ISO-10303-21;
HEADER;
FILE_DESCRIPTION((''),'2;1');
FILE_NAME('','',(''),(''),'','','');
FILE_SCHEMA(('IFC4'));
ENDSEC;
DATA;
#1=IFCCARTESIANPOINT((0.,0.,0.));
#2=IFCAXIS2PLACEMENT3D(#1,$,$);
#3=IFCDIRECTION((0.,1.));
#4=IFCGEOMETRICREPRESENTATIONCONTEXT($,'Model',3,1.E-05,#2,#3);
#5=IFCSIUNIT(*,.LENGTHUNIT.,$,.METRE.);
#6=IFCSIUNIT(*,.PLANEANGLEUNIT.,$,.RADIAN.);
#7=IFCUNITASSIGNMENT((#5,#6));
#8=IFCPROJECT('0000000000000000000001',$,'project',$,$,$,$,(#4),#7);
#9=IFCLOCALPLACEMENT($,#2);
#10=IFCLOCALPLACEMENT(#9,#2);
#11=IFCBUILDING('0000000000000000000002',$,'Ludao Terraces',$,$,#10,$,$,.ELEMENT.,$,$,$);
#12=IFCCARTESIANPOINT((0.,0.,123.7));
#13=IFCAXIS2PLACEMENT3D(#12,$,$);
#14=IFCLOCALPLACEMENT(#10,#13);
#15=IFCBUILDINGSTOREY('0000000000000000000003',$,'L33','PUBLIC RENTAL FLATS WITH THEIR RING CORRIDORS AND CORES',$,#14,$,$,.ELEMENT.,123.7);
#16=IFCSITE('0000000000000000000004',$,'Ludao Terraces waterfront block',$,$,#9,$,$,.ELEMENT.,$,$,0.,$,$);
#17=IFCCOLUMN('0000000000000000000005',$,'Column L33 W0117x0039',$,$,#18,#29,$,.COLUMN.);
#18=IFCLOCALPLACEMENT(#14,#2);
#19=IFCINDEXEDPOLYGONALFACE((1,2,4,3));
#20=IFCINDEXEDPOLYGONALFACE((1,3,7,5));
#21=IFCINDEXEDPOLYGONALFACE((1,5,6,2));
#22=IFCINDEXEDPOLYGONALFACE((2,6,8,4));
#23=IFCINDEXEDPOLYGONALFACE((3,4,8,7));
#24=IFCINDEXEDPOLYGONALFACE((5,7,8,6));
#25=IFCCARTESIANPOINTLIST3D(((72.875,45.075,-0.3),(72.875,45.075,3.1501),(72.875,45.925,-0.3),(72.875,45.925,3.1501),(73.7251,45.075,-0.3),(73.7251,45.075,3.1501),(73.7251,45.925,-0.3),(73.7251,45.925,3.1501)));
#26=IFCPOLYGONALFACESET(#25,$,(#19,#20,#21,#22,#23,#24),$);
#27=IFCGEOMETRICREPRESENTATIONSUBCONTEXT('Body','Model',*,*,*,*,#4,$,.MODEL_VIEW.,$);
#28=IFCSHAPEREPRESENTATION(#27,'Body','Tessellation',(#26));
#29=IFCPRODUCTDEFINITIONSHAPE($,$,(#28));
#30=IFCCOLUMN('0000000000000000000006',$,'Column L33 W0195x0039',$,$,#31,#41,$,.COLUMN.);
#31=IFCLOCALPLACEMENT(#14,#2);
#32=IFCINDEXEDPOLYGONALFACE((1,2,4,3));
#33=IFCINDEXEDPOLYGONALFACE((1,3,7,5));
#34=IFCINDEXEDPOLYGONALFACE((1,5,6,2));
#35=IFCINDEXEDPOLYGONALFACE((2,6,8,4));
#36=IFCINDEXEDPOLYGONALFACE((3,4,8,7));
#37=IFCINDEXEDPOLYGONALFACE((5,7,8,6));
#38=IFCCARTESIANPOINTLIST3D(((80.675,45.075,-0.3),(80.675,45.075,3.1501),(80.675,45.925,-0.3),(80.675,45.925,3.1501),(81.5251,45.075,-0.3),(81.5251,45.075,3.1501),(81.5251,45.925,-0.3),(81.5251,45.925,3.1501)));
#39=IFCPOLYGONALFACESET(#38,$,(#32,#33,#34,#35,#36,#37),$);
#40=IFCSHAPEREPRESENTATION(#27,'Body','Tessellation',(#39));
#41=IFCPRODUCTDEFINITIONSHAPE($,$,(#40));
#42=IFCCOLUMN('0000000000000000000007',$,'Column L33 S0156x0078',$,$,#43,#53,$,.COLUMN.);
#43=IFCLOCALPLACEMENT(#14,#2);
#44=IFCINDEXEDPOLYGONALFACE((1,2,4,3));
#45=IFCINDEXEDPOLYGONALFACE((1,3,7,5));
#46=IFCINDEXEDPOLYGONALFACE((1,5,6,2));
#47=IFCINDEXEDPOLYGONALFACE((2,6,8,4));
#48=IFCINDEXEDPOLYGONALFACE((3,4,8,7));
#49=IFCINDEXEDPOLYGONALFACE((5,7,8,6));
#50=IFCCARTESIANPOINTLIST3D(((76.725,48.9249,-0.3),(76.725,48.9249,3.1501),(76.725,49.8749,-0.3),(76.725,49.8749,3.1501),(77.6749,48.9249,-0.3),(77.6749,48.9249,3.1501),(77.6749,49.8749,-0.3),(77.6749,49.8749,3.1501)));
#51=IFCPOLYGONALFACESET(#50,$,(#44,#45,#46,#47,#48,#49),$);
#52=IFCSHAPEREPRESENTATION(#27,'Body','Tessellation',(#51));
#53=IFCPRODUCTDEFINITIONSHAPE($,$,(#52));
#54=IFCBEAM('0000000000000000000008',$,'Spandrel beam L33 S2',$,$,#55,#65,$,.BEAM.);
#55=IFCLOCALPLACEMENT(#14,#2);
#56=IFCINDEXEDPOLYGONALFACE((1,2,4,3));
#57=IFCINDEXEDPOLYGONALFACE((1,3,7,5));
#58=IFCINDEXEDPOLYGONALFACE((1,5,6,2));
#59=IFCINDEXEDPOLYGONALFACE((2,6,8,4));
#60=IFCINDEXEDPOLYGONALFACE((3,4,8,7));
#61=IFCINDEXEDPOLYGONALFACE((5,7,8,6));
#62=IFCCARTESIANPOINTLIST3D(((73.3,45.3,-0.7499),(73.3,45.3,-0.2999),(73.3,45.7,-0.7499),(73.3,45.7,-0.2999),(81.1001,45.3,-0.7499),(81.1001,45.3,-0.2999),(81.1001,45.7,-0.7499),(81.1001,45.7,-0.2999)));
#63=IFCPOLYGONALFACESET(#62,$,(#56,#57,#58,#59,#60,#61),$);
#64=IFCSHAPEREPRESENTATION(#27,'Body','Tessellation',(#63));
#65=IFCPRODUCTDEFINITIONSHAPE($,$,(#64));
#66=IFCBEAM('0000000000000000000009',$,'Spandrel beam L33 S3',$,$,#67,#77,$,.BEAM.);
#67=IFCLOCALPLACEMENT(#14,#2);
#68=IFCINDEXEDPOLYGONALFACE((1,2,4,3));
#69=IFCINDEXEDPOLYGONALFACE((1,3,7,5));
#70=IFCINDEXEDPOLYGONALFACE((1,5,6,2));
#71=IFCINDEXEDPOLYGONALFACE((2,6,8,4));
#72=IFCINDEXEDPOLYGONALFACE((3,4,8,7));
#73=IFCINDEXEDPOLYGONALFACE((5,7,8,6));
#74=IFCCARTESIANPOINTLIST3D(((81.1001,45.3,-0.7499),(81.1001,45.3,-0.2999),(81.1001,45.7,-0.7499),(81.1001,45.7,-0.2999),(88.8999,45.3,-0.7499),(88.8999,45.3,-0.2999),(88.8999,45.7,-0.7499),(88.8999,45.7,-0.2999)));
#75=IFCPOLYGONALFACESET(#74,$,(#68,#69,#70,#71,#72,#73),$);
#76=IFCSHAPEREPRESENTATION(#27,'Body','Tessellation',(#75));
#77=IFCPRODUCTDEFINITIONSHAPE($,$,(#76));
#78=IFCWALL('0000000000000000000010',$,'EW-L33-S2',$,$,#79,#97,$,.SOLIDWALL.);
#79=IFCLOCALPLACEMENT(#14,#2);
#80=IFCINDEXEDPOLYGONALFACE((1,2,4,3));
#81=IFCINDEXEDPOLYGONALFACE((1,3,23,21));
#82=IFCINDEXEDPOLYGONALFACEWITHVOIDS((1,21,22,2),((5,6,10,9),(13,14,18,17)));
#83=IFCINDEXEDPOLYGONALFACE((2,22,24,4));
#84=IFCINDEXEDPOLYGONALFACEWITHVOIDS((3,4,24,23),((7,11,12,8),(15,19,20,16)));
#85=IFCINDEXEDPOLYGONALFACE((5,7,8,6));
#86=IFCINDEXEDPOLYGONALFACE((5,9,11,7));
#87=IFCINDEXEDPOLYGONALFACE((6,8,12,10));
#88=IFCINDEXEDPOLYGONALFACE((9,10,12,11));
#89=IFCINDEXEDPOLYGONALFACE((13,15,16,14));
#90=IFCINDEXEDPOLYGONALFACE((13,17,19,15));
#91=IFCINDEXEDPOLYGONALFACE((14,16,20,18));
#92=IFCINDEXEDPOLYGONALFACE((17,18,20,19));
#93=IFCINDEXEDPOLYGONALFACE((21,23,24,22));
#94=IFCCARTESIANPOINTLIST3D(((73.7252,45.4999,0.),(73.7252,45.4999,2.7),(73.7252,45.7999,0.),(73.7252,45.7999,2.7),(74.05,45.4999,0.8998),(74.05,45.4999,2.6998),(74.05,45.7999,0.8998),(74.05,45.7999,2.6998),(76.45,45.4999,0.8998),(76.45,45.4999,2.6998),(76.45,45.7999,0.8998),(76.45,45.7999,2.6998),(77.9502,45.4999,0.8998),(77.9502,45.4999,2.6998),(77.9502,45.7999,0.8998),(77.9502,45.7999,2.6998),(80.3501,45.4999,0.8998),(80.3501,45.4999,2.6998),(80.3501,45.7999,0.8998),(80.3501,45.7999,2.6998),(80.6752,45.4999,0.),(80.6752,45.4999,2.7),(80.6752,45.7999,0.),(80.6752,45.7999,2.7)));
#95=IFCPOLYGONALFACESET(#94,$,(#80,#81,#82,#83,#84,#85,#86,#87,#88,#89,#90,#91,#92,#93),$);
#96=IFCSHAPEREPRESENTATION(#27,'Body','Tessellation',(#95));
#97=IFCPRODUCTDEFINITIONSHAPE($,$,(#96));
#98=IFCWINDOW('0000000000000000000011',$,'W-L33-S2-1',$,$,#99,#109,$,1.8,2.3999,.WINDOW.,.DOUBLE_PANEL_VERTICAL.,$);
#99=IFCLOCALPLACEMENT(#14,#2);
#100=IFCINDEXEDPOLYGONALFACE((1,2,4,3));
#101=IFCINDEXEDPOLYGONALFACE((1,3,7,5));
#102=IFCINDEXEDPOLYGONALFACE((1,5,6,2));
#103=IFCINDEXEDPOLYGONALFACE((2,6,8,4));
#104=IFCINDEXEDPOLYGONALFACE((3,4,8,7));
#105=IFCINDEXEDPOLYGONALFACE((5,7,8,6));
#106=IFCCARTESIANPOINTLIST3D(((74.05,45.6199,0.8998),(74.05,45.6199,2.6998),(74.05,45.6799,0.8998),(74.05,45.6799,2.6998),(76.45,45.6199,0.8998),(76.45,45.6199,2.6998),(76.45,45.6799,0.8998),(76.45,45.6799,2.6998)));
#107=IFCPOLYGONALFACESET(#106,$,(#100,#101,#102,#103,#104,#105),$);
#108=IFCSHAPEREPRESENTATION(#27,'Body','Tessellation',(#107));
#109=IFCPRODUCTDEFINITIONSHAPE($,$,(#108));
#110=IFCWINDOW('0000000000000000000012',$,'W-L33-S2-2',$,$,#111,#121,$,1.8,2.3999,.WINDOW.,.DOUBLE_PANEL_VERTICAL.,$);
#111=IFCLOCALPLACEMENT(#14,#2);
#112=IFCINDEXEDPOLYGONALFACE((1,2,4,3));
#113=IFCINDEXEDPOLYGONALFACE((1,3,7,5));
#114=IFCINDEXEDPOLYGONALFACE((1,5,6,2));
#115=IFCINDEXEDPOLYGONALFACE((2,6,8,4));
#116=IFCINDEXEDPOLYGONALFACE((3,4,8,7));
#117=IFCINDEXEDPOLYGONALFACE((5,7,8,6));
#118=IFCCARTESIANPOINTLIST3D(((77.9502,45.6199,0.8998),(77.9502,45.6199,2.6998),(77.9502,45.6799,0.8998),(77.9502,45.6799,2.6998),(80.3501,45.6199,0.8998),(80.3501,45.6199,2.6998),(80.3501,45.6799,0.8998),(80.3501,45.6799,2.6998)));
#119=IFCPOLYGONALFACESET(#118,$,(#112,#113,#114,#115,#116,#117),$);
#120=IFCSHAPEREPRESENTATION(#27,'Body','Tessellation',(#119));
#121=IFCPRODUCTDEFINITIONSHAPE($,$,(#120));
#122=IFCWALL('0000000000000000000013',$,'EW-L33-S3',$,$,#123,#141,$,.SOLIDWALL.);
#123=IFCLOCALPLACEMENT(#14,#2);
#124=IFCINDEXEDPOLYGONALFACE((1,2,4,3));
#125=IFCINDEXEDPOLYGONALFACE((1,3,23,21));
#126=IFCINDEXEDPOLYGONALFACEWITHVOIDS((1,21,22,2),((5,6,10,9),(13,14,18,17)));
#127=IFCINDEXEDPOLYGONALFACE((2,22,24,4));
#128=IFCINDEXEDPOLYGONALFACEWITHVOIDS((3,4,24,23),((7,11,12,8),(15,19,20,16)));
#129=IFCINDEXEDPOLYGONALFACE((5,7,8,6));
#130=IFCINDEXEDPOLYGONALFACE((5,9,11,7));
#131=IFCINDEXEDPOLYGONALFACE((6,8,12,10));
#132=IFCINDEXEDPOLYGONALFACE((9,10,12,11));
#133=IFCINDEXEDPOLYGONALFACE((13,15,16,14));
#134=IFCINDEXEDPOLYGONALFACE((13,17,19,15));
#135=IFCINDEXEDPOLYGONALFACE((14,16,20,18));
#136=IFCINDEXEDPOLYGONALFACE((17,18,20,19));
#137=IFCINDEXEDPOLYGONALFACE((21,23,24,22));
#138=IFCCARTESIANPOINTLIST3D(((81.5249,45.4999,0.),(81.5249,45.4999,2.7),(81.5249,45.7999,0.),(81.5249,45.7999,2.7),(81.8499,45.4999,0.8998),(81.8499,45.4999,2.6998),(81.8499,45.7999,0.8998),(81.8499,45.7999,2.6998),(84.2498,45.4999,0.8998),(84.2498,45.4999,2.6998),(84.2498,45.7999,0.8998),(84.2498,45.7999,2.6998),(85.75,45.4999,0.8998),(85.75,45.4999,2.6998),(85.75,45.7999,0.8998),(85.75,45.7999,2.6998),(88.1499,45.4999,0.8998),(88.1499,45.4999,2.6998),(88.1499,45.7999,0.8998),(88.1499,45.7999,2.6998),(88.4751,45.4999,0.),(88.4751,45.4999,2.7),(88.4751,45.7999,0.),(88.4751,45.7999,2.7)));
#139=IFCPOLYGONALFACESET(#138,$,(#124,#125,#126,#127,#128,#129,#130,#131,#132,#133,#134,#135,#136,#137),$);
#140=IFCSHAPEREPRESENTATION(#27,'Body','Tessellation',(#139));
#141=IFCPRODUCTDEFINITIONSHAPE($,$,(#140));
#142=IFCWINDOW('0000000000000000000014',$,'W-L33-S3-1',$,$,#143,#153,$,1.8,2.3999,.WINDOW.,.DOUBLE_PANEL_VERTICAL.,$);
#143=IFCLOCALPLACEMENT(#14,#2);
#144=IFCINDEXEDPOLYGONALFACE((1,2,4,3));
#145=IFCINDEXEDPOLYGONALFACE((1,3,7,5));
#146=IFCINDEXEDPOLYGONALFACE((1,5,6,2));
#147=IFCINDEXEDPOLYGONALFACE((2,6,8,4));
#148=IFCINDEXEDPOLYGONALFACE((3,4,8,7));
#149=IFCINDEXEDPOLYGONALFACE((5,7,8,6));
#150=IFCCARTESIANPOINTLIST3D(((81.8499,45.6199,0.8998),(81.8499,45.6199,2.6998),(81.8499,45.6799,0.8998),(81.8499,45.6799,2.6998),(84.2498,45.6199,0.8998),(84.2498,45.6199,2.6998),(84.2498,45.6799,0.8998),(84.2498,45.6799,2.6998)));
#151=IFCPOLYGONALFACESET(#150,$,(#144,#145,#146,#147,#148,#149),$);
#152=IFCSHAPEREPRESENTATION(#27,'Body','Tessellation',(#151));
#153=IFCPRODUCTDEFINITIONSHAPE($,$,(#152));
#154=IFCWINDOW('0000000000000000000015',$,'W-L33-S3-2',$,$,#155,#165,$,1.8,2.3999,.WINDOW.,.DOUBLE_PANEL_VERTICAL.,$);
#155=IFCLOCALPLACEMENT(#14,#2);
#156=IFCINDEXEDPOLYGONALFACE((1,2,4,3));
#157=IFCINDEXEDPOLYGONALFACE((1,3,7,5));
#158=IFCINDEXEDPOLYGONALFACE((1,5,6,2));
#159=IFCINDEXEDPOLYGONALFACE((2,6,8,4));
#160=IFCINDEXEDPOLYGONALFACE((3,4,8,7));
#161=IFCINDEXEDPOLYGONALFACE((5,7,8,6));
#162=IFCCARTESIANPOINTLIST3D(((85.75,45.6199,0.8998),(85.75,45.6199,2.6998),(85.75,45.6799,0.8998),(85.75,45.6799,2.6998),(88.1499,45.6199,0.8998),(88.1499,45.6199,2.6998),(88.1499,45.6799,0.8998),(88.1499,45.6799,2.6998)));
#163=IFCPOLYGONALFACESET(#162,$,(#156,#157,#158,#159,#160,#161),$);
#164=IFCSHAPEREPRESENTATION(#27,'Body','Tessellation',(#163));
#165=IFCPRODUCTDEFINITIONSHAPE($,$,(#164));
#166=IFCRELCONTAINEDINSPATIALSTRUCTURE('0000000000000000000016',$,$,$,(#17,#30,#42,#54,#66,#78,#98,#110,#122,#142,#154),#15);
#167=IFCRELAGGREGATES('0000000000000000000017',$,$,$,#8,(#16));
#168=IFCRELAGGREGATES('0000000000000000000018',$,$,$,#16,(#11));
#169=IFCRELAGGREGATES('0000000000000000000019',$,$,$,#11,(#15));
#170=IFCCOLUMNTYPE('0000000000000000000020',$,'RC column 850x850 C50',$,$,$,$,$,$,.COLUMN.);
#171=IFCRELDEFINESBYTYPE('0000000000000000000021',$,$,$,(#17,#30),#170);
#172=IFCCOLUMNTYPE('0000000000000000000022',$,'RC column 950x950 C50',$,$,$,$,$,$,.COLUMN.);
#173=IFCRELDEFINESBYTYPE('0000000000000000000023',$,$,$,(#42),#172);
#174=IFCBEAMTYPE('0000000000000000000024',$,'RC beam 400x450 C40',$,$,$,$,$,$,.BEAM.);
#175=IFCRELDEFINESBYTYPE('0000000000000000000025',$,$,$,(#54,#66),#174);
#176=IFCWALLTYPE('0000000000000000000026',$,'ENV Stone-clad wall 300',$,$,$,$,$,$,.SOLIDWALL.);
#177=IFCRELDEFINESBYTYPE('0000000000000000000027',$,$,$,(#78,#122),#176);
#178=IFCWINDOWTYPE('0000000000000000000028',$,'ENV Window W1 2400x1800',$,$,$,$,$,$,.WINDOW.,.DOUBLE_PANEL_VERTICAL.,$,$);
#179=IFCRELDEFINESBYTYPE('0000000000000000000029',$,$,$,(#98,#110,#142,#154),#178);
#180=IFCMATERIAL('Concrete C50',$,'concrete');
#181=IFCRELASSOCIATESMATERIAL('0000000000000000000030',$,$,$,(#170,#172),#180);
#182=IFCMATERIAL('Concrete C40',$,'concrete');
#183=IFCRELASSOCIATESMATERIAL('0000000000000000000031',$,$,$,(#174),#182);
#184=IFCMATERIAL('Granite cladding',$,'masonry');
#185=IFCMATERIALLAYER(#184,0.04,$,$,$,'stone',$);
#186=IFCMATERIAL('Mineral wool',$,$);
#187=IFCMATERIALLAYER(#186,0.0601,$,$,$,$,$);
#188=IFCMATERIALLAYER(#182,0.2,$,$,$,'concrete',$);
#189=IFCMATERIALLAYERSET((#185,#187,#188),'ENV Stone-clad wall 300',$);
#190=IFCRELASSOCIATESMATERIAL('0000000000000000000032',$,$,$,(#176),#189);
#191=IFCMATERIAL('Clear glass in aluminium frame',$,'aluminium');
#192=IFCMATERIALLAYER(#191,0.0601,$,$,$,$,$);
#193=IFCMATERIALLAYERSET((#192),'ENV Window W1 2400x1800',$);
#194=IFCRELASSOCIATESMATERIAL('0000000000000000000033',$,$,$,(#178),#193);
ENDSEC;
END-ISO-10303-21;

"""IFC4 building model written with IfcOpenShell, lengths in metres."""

from ifc_helpers import new_model, si_unit, direction, frame, frame_2d, origin, origin_2d, place, context, subcontext, project, spatial, rectangle, extrude, material, layer, layer_set, material_profile, profile_set, type_object, element, fill, save


model = new_model("IFC4")

# Units and contexts
model_context = context("Model", 3, precision=1e-05, world=origin(), true_north=direction((0.0, 1.0)))
body_context = subcontext(model_context, "Body", "Model", "MODEL_VIEW")
ifc_project = project(units=[si_unit("LENGTHUNIT", "METRE"), si_unit("PLANEANGLEUNIT", "RADIAN")], contexts=[model_context])

# Site, building, storey
site_placement = place(None, origin())
site = spatial("IfcSite", under=ifc_project, at=site_placement, Name="Ludao Terraces waterfront block", CompositionType="ELEMENT", RefElevation=0.0)
building_placement = place(site_placement, origin())
building = spatial("IfcBuilding", under=site, at=building_placement, Name="Ludao Terraces", CompositionType="ELEMENT")
storey_placement = place(building_placement, frame((0.0, 0.0, 123.7)))
storey = spatial("IfcBuildingStorey", under=building, at=storey_placement, Name="L33", Description="PUBLIC RENTAL FLATS WITH THEIR RING CORRIDORS AND CORES", CompositionType="ELEMENT", Elevation=123.7)

# Columns
ifc_material_1 = material(Name="Concrete C50", Category="concrete")
ifc_material_profile_1 = material_profile(ifc_material_1, rectangle(XDim=0.8501, YDim=0.8501, at=origin_2d()), Name="850 X 850")
ifc_profile_set_1 = profile_set([ifc_material_profile_1], Name="Concrete C50")
column_type_1 = type_object("IfcColumnType", Name="RC column 850x850 C50", PredefinedType="COLUMN", material=ifc_profile_set_1)
for number, where, z_axis, x_axis, name in (
    (1, (73.3, 45.5, -0.3), (0.0, 0.0, 1.0), (1.0, 0.0, 0.0), "Column L33 W0117x0039"),
    (2, (81.1001, 45.5, -0.3), (0.0, 0.0, 1.0), (1.0, 0.0, 0.0), "Column L33 W0195x0039"),
):
    element("IfcColumn", number, at=place(storey_placement, frame(where, z_axis=z_axis, x_axis=x_axis)), inside=storey, type_object=column_type_1, Name=name, PredefinedType="COLUMN", context=body_context, shape_type="SweptSolid", body=[
        extrude(rectangle(XDim=0.8501, YDim=0.8501, at=origin_2d()), origin(), (0.0, 0.0, 1.0), 3.4502),
    ])
ifc_material_profile_2 = material_profile(ifc_material_1, rectangle(XDim=0.95, YDim=0.95, at=origin_2d()), Name="950 X 950")
ifc_profile_set_2 = profile_set([ifc_material_profile_2], Name="Concrete C50")
column_type_2 = type_object("IfcColumnType", Name="RC column 950x950 C50", PredefinedType="COLUMN", material=ifc_profile_set_2)
column_placement = place(storey_placement, frame((77.2, 49.3999, -0.3), z_axis=(0.0, 0.0, 1.0), x_axis=(1.0, 0.0, 0.0)))
element("IfcColumn", 3, at=column_placement, inside=storey, type_object=column_type_2, Name="Column L33 S0156x0078", PredefinedType="COLUMN", context=body_context, shape_type="SweptSolid", body=[
    extrude(rectangle(XDim=0.95, YDim=0.95, at=origin_2d()), origin(), (0.0, 0.0, 1.0), 3.4502),
])

# Beams
ifc_material_2 = material(Name="Concrete C40", Category="concrete")
ifc_material_profile_3 = material_profile(ifc_material_2, rectangle(XDim=0.3999, YDim=0.45, at=origin_2d()), Name="400 X 450")
ifc_profile_set_3 = profile_set([ifc_material_profile_3], Name="Concrete C40")
beam_type = type_object("IfcBeamType", Name="RC beam 400x450 C40", PredefinedType="BEAM", material=ifc_profile_set_3)
beam_1_placement = place(storey_placement, frame((73.3, 45.5, -0.5249), z_axis=(1.0, 0.0, 0.0), x_axis=(0.0, 1.0, 0.0)))
element("IfcBeam", 4, at=beam_1_placement, inside=storey, type_object=beam_type, Name="Spandrel beam L33 S2", PredefinedType="BEAM", context=body_context, shape_type="SweptSolid", body=[
    extrude(rectangle(XDim=0.3999, YDim=0.45, at=origin_2d()), origin(), (0.0, 0.0, 1.0), 7.8),
])
beam_2_placement = place(storey_placement, frame((81.1001, 45.5, -0.5249), z_axis=(1.0, 0.0, 0.0), x_axis=(0.0, 1.0, 0.0)))
element("IfcBeam", 5, at=beam_2_placement, inside=storey, type_object=beam_type, Name="Spandrel beam L33 S3", PredefinedType="BEAM", context=body_context, shape_type="SweptSolid", body=[
    extrude(rectangle(XDim=0.3999, YDim=0.45, at=origin_2d()), origin(), (0.0, 0.0, 1.0), 7.7998),
])

# Walls, openings, windows
ifc_material_3 = material(Name="Granite cladding", Category="masonry")
ifc_layer_1 = layer(ifc_material_3, 0.04, Category="stone")
ifc_material_4 = material(Name="Mineral wool")
ifc_layer_2 = layer(ifc_material_4, 0.0601)
ifc_layer_3 = layer(ifc_material_2, 0.2, Category="concrete")
ifc_layer_set_1 = layer_set([ifc_layer_1, ifc_layer_2, ifc_layer_3], Name="ENV Stone-clad wall 300")
wall_type_1 = type_object("IfcWallType", Name="ENV Stone-clad wall 300", PredefinedType="SOLIDWALL", material=ifc_layer_set_1)
wall_1_placement = place(storey_placement, frame((73.7251, 45.6499, 0.0), z_axis=(0.0, 0.0, 1.0), x_axis=(1.0, 0.0, 0.0)))
wall_1 = element("IfcWall", 6, at=wall_1_placement, inside=storey, type_object=wall_type_1, Name="EW-L33-S2", PredefinedType="SOLIDWALL", context=body_context, shape_type="SweptSolid", body=[
    extrude(rectangle(XDim=6.95, YDim=0.3, at=frame_2d((3.4751, 0.0))), origin(), (0.0, 0.0, 1.0), 2.7),
])
opening_1_placement = place(wall_1_placement, frame((0.325, 0.0, 0.8999)))
opening_1 = element("IfcOpeningElement", 7, at=opening_1_placement, cuts=wall_1, PredefinedType="OPENING", context=body_context, shape_type="SweptSolid", body=[
    extrude(rectangle(XDim=2.3999, YDim=1.8, at=frame_2d((1.2, 0.8999))), frame((0.0, 0.1602, 0.0), z_axis=(0.0, -1.0, 0.0), x_axis=(1.0, 0.0, 0.0)), (0.0, 0.0, 1.0), 0.3201),
])
opening_2_placement = place(wall_1_placement, frame((4.2251, 0.0, 0.8999)))
opening_2 = element("IfcOpeningElement", 8, at=opening_2_placement, cuts=wall_1, PredefinedType="OPENING", context=body_context, shape_type="SweptSolid", body=[
    extrude(rectangle(XDim=2.3999, YDim=1.8, at=frame_2d((1.2, 0.8999))), frame((0.0, 0.1602, 0.0), z_axis=(0.0, -1.0, 0.0), x_axis=(1.0, 0.0, 0.0)), (0.0, 0.0, 1.0), 0.3201),
])
ifc_material_5 = material(Name="Clear glass in aluminium frame", Category="aluminium")
ifc_layer_4 = layer(ifc_material_5, 0.0601)
ifc_layer_set_2 = layer_set([ifc_layer_4], Name="ENV Window W1 2400x1800")
window_type = type_object("IfcWindowType", Name="ENV Window W1 2400x1800", PartitioningType="DOUBLE_PANEL_VERTICAL", PredefinedType="WINDOW", material=ifc_layer_set_2)
window_1_placement = place(opening_1_placement, origin())
window_1 = element("IfcWindow", 9, at=window_1_placement, inside=storey, type_object=window_type, Name="W-L33-S2-1", OverallHeight=1.8, OverallWidth=2.3999, PartitioningType="DOUBLE_PANEL_VERTICAL", PredefinedType="WINDOW", context=body_context, shape_type="SweptSolid", body=[
    extrude(rectangle(XDim=2.3999, YDim=1.8, at=frame_2d((1.2, 0.8999))), frame((0.0, 0.03, 0.0), z_axis=(0.0, -1.0, 0.0), x_axis=(1.0, 0.0, 0.0)), (0.0, 0.0, 1.0), 0.0601),
])
fill(opening_1, window_1)
window_2_placement = place(opening_2_placement, origin())
window_2 = element("IfcWindow", 10, at=window_2_placement, inside=storey, type_object=window_type, Name="W-L33-S2-2", OverallHeight=1.8, OverallWidth=2.3999, PartitioningType="DOUBLE_PANEL_VERTICAL", PredefinedType="WINDOW", context=body_context, shape_type="SweptSolid", body=[
    extrude(rectangle(XDim=2.3999, YDim=1.8, at=frame_2d((1.2, 0.8999))), frame((0.0, 0.03, 0.0), z_axis=(0.0, -1.0, 0.0), x_axis=(1.0, 0.0, 0.0)), (0.0, 0.0, 1.0), 0.0601),
])
fill(opening_2, window_2)
wall_2_placement = place(storey_placement, frame((81.5249, 45.6499, 0.0), z_axis=(0.0, 0.0, 1.0), x_axis=(1.0, 0.0, 0.0)))
wall_2 = element("IfcWall", 11, at=wall_2_placement, inside=storey, type_object=wall_type_1, Name="EW-L33-S3", PredefinedType="SOLIDWALL", context=body_context, shape_type="SweptSolid", body=[
    extrude(rectangle(XDim=6.9502, YDim=0.3, at=frame_2d((3.4751, 0.0))), origin(), (0.0, 0.0, 1.0), 2.7),
])
opening_3_placement = place(wall_2_placement, frame((0.325, 0.0, 0.8999)))
opening_3 = element("IfcOpeningElement", 12, at=opening_3_placement, cuts=wall_2, PredefinedType="OPENING", context=body_context, shape_type="SweptSolid", body=[
    extrude(rectangle(XDim=2.3999, YDim=1.8, at=frame_2d((1.2, 0.8999))), frame((0.0, 0.1602, 0.0), z_axis=(0.0, -1.0, 0.0), x_axis=(1.0, 0.0, 0.0)), (0.0, 0.0, 1.0), 0.3201),
])
opening_4_placement = place(wall_2_placement, frame((4.2251, 0.0, 0.8999)))
opening_4 = element("IfcOpeningElement", 13, at=opening_4_placement, cuts=wall_2, PredefinedType="OPENING", context=body_context, shape_type="SweptSolid", body=[
    extrude(rectangle(XDim=2.3999, YDim=1.8, at=frame_2d((1.2, 0.8999))), frame((0.0, 0.1602, 0.0), z_axis=(0.0, -1.0, 0.0), x_axis=(1.0, 0.0, 0.0)), (0.0, 0.0, 1.0), 0.3201),
])
window_3_placement = place(opening_3_placement, origin())
window_3 = element("IfcWindow", 14, at=window_3_placement, inside=storey, type_object=window_type, Name="W-L33-S3-1", OverallHeight=1.8, OverallWidth=2.3999, PartitioningType="DOUBLE_PANEL_VERTICAL", PredefinedType="WINDOW", context=body_context, shape_type="SweptSolid", body=[
    extrude(rectangle(XDim=2.3999, YDim=1.8, at=frame_2d((1.2, 0.8999))), frame((0.0, 0.03, 0.0), z_axis=(0.0, -1.0, 0.0), x_axis=(1.0, 0.0, 0.0)), (0.0, 0.0, 1.0), 0.0601),
])
fill(opening_3, window_3)
window_4_placement = place(opening_4_placement, origin())
window_4 = element("IfcWindow", 15, at=window_4_placement, inside=storey, type_object=window_type, Name="W-L33-S3-2", OverallHeight=1.8, OverallWidth=2.3999, PartitioningType="DOUBLE_PANEL_VERTICAL", PredefinedType="WINDOW", context=body_context, shape_type="SweptSolid", body=[
    extrude(rectangle(XDim=2.3999, YDim=1.8, at=frame_2d((1.2, 0.8999))), frame((0.0, 0.03, 0.0), z_axis=(0.0, -1.0, 0.0), x_axis=(1.0, 0.0, 0.0)), (0.0, 0.0, 1.0), 0.0601),
])
fill(opening_4, window_4)

save(model, "model.ifc")
